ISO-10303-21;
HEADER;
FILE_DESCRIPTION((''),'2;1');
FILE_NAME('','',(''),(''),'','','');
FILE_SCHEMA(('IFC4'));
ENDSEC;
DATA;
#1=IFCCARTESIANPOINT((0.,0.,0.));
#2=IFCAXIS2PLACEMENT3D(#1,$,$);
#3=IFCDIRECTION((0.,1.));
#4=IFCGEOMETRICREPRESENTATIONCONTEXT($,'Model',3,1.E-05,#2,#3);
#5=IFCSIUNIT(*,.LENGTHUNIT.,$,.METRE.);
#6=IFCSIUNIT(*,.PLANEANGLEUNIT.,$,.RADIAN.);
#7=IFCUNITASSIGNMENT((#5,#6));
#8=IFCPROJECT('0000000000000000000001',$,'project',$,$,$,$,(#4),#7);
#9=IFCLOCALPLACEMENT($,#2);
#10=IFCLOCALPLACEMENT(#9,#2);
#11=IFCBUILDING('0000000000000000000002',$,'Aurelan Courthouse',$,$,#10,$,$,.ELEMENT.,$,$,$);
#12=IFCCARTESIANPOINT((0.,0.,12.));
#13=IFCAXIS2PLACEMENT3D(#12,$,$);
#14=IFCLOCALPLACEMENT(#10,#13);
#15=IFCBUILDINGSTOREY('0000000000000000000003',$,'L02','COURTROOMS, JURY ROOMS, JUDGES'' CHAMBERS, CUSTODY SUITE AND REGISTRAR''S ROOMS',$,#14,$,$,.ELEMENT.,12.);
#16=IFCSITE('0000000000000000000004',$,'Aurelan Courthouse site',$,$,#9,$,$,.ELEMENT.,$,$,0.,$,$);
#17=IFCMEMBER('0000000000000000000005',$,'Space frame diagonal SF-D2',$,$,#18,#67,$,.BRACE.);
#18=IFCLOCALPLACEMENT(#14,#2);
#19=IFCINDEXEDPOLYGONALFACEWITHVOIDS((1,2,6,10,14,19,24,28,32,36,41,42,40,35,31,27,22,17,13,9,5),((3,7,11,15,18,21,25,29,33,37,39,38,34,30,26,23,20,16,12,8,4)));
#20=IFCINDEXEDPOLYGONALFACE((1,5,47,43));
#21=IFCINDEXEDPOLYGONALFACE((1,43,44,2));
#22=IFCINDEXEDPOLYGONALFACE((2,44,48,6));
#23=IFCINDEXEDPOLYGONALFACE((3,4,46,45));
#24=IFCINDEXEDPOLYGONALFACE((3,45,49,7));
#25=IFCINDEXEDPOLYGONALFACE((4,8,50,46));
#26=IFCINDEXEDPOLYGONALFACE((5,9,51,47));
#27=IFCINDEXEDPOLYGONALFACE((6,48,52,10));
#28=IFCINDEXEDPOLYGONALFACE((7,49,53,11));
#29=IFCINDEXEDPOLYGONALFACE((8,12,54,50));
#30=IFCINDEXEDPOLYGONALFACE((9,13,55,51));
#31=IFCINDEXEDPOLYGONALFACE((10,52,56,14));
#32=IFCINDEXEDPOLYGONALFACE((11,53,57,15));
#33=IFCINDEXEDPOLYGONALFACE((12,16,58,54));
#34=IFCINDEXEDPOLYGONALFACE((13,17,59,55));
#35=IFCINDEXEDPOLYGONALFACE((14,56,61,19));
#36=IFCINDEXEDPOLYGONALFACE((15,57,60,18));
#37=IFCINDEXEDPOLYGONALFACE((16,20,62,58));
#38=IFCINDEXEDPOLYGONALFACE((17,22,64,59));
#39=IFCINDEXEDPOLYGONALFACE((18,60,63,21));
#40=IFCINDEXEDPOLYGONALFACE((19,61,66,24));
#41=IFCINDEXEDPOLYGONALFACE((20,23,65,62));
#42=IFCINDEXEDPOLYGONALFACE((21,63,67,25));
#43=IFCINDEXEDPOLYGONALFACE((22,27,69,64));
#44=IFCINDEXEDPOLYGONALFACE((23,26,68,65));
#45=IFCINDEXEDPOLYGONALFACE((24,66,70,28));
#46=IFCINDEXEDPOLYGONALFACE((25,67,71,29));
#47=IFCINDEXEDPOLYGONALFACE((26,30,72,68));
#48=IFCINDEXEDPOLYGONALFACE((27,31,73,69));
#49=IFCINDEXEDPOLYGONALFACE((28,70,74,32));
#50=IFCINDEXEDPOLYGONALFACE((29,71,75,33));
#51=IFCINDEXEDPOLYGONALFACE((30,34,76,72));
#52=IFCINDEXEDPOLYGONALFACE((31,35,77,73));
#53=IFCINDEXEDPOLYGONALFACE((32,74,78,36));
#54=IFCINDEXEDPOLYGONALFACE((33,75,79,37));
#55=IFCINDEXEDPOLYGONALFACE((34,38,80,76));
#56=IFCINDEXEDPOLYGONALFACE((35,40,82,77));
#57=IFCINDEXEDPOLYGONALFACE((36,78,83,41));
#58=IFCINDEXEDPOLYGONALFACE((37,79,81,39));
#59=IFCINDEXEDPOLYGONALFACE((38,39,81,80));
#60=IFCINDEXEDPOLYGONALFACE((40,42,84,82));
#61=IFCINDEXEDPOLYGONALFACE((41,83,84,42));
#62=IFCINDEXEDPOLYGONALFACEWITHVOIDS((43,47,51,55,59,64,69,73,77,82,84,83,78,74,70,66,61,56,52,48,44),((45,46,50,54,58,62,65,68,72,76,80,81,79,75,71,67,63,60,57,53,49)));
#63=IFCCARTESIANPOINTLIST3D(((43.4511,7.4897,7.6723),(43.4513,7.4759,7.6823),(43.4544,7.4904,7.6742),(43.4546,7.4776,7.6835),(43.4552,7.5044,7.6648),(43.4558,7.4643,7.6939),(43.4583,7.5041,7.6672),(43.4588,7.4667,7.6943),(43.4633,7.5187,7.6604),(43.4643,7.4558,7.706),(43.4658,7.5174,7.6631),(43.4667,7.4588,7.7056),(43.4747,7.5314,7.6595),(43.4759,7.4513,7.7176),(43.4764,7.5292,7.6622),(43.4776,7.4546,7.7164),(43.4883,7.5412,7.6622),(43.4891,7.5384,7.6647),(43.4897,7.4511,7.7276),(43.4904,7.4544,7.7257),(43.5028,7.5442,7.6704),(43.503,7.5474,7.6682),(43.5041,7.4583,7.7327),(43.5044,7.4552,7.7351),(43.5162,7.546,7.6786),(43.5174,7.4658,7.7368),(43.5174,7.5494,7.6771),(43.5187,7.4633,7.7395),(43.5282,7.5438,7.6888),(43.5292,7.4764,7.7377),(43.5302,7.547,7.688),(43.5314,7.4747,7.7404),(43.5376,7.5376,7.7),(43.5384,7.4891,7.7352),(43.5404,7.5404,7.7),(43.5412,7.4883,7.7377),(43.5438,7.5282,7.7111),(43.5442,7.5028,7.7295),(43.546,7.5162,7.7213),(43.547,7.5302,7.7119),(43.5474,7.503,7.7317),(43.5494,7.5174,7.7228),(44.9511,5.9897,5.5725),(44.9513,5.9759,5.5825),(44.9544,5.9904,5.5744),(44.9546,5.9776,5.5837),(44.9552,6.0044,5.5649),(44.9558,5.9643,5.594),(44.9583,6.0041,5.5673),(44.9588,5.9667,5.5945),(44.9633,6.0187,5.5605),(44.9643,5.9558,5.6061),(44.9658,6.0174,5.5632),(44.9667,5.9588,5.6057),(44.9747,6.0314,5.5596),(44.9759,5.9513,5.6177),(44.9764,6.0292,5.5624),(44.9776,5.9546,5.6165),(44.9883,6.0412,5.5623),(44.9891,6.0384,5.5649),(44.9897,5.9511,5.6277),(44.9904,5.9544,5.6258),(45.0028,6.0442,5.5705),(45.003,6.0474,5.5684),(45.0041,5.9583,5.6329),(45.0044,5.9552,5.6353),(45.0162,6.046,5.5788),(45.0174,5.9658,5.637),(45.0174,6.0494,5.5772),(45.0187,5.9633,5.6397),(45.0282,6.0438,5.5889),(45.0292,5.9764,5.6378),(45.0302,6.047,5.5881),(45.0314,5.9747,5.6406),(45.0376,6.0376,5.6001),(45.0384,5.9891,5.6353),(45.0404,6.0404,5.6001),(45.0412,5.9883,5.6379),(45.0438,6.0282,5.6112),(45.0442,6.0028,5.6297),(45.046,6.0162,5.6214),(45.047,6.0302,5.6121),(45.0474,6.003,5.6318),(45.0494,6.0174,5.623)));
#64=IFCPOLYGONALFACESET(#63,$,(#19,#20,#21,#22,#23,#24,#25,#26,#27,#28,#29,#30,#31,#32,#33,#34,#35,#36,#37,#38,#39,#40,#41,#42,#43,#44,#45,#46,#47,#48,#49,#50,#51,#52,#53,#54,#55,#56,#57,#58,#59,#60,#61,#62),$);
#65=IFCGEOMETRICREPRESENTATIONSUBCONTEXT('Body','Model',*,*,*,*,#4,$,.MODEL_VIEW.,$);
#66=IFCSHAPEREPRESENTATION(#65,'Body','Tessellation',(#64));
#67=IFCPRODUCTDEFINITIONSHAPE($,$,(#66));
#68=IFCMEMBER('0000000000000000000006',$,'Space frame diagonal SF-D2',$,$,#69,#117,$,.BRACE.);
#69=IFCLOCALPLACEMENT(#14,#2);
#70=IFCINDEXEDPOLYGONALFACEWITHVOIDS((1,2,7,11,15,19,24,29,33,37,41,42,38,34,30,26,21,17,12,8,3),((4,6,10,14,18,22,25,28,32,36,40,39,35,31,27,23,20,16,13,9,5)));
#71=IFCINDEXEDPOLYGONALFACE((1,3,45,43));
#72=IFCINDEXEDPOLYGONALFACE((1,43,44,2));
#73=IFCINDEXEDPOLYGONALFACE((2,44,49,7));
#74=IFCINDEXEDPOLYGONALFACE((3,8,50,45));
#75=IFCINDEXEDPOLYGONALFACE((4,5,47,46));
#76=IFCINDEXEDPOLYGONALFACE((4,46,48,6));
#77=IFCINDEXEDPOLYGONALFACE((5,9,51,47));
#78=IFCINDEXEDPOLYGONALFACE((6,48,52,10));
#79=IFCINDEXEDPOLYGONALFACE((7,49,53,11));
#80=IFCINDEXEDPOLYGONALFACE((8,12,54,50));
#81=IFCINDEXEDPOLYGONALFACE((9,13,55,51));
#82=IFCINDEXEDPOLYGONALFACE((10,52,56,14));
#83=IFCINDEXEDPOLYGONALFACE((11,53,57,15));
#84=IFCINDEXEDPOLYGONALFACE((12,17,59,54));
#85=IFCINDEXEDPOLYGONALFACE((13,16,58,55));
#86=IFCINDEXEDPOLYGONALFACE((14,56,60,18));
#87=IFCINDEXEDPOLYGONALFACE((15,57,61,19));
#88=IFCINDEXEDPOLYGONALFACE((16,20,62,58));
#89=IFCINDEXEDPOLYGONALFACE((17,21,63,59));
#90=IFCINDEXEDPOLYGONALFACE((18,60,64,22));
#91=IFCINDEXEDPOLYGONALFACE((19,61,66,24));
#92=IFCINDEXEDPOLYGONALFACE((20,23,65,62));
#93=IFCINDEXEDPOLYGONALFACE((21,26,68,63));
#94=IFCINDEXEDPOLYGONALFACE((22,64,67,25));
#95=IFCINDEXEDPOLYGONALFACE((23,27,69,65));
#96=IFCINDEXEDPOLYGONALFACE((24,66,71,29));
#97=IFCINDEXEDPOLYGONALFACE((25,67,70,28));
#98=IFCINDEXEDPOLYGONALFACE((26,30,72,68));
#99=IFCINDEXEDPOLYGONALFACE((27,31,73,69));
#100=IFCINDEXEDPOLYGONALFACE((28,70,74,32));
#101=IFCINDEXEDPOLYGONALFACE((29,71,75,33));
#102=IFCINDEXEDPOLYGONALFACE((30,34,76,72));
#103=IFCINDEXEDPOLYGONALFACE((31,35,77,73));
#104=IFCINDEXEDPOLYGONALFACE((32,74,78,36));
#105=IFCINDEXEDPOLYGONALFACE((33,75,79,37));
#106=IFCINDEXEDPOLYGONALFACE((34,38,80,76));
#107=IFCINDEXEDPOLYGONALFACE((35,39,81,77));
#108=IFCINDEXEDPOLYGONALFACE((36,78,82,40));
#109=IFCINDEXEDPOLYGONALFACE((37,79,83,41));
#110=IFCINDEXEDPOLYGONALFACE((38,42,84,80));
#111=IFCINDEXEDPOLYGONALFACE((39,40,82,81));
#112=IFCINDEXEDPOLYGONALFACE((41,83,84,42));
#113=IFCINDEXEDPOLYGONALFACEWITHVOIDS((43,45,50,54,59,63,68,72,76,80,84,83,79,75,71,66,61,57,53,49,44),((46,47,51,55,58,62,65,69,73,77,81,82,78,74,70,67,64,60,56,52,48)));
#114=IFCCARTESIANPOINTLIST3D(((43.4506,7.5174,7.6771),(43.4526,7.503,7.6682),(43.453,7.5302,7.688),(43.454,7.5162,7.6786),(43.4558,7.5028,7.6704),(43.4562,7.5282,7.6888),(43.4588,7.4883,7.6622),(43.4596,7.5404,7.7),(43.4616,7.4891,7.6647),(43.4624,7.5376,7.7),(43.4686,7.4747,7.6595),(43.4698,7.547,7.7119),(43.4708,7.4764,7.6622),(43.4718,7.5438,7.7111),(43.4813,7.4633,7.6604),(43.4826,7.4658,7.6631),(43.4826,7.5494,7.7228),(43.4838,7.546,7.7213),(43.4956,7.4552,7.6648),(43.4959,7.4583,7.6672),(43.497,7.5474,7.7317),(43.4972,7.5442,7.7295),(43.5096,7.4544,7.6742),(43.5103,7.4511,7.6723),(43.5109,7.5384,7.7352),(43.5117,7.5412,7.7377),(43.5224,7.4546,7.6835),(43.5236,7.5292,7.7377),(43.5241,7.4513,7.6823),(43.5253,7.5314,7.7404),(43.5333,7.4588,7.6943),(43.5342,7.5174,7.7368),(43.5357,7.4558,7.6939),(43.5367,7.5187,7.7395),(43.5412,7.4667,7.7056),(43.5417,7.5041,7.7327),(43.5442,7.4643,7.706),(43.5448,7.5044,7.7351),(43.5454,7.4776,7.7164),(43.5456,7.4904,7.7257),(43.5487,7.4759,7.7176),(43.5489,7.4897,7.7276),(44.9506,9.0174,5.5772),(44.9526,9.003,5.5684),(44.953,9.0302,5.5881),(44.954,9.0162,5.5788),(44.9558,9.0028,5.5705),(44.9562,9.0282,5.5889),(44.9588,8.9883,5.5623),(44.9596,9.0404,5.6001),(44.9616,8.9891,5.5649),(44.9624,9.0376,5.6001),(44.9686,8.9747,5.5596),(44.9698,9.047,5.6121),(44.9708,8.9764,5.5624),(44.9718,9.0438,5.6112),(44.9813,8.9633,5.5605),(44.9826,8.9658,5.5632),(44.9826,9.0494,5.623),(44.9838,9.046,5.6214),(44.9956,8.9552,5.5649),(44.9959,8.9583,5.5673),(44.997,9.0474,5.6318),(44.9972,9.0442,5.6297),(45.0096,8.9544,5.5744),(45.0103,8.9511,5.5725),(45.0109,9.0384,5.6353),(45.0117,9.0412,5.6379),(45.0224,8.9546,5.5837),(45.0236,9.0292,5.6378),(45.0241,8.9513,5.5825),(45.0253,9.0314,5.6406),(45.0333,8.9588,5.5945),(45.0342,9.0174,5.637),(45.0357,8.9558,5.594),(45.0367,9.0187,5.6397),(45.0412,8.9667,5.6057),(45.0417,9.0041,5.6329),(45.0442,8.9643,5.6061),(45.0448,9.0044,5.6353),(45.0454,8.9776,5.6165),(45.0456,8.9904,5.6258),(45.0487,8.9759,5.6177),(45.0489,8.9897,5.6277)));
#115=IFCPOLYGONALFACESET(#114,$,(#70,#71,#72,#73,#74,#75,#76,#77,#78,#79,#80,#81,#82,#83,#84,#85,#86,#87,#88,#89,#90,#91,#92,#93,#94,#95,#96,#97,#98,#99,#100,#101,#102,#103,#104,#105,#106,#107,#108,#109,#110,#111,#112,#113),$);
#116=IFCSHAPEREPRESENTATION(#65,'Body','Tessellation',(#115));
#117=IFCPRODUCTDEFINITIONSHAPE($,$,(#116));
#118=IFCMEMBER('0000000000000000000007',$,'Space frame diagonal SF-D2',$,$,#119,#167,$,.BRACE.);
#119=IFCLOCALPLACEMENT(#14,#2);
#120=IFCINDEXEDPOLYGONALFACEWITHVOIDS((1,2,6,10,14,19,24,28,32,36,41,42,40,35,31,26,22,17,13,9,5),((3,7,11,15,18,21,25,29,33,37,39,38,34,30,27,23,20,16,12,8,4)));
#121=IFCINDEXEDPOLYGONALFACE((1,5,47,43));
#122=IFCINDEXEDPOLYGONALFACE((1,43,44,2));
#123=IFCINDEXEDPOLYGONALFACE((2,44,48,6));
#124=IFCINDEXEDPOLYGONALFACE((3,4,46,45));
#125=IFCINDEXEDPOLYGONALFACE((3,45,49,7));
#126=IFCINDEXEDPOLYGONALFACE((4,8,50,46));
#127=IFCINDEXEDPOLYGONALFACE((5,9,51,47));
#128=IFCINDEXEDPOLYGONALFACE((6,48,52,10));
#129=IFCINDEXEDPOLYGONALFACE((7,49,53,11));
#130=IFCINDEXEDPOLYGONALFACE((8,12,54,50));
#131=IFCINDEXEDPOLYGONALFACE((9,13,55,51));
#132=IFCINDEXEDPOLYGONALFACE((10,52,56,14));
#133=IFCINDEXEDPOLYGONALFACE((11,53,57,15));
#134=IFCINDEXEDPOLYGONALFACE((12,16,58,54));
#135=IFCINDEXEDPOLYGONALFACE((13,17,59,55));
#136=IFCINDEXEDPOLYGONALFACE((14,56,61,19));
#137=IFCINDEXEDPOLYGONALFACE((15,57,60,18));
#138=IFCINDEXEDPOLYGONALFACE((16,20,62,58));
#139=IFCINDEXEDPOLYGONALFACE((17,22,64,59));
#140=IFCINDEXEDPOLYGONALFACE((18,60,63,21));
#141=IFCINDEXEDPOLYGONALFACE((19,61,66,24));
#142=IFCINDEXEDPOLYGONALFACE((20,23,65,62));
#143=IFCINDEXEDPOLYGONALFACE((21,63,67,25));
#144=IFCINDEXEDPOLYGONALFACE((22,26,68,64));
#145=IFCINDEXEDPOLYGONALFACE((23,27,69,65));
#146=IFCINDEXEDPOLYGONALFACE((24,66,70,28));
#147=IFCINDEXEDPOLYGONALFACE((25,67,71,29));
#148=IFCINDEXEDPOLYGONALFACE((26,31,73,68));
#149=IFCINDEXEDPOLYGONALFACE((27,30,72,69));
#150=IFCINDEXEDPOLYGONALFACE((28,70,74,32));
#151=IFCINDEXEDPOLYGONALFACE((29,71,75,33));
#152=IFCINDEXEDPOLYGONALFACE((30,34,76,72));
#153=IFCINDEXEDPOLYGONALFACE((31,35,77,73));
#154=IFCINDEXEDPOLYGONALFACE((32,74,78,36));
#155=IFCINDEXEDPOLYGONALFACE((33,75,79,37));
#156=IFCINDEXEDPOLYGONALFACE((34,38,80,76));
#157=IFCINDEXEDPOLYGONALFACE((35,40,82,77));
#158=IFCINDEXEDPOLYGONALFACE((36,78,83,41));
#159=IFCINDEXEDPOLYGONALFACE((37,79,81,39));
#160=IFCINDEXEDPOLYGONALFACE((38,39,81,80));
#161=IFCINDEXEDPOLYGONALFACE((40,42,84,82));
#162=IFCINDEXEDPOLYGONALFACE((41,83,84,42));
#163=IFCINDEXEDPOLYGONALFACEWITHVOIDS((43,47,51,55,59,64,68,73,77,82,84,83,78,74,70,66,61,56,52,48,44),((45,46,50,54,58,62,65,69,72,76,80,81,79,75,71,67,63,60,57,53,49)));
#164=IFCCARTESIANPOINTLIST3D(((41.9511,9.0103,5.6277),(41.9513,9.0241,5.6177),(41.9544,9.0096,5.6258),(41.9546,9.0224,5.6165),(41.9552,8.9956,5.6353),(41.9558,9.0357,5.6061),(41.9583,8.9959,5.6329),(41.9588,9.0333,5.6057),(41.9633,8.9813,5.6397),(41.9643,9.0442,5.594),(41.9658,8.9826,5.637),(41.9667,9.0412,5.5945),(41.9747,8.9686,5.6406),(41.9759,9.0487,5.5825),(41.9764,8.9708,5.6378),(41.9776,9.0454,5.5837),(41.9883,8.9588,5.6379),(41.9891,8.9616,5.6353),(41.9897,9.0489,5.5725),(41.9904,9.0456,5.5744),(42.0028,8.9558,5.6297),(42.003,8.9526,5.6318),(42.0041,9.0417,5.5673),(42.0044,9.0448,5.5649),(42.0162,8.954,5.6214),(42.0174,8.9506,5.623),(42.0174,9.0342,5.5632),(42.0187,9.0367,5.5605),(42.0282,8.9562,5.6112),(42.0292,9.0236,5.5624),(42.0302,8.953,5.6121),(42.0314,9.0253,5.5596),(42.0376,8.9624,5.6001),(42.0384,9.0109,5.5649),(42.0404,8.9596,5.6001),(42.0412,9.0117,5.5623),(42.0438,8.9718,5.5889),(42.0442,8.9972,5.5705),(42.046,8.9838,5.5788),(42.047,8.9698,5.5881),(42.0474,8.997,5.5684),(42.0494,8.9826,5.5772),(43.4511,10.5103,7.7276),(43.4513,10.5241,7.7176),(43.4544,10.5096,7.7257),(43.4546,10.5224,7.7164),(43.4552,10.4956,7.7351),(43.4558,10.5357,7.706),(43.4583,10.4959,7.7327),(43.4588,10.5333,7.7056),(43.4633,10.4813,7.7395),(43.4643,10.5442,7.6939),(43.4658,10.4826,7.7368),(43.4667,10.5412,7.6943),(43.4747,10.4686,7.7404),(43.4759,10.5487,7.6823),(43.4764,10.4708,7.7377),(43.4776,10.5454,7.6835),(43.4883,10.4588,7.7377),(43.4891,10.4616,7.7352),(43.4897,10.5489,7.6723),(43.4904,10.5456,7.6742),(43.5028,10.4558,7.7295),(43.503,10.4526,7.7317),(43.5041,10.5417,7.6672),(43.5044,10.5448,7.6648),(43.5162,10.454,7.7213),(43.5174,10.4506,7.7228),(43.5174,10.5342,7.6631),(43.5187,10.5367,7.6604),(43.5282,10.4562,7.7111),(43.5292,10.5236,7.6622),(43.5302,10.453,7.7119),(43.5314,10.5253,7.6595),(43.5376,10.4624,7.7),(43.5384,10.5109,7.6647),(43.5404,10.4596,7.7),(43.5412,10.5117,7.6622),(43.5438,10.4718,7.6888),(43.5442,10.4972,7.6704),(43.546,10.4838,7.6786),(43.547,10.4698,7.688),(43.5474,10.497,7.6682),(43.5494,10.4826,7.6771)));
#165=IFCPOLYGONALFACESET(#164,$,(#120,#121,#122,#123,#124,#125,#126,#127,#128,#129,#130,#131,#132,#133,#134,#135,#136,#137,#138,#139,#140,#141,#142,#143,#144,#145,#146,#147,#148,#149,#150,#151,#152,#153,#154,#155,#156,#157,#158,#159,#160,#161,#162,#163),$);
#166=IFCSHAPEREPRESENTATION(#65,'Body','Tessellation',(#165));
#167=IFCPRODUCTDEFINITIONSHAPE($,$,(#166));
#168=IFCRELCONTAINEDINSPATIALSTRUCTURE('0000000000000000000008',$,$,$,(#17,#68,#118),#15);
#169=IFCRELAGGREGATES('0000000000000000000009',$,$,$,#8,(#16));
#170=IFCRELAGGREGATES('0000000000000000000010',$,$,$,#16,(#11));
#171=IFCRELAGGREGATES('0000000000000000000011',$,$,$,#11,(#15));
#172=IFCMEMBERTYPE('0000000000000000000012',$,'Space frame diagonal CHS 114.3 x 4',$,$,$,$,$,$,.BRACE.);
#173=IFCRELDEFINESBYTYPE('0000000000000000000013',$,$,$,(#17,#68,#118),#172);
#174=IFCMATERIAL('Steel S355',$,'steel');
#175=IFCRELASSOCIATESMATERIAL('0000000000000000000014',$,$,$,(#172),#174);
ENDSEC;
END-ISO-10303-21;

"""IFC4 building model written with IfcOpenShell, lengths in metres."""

from ifc_helpers import new_model, si_unit, direction, frame, origin, origin_2d, place, context, subcontext, project, spatial, hollow_circle, extrude, material, material_profile, profile_set, type_object, element, save


model = new_model("IFC4")

# Units and contexts
model_context = context("Model", 3, precision=1e-05, world=origin(), true_north=direction((0.0, 1.0)))
body_context = subcontext(model_context, "Body", "Model", "MODEL_VIEW")
ifc_project = project(units=[si_unit("LENGTHUNIT", "METRE"), si_unit("PLANEANGLEUNIT", "RADIAN")], contexts=[model_context])

# Site, building, storey
site_placement = place(None, origin())
site = spatial("IfcSite", under=ifc_project, at=site_placement, Name="Aurelan Courthouse site", CompositionType="ELEMENT", RefElevation=0.0)
building_placement = place(site_placement, origin())
building = spatial("IfcBuilding", under=site, at=building_placement, Name="Aurelan Courthouse", CompositionType="ELEMENT")
storey_placement = place(building_placement, frame((0.0, 0.0, 12.0)))
storey = spatial("IfcBuildingStorey", under=building, at=storey_placement, Name="L02", Description="COURTROOMS, JURY ROOMS, JUDGES' CHAMBERS, CUSTODY SUITE AND REGISTRAR'S ROOMS", CompositionType="ELEMENT", Elevation=12.0)

# Members
ifc_material_1 = material(Name="Steel S355", Category="steel")
ifc_material_profile_1 = material_profile(ifc_material_1, hollow_circle(Radius=0.0571, WallThickness=0.0039, at=origin_2d()), Name="CHS 114.3 x 4")
ifc_profile_set_1 = profile_set([ifc_material_profile_1], Name="Steel S355")
member_type_1 = type_object("IfcMemberType", Name="Space frame diagonal CHS 114.3 x 4", PredefinedType="BRACE", material=ifc_profile_set_1)
for number, where, z_axis, x_axis, name in (
    (1, (43.5, 7.5, 7.7), (0.502536, -0.502536, -0.703502), (0.707107, 0.707107, 0.0), "Space frame diagonal SF-D2"),
    (2, (43.5, 7.5, 7.7), (0.502536, 0.502536, -0.703502), (-0.707107, 0.707107, 0.0), "Space frame diagonal SF-D2"),
    (3, (43.5, 10.5, 7.7), (-0.502536, -0.502536, -0.703502), (0.707107, -0.707107, 0.0), "Space frame diagonal SF-D2"),
):
    element("IfcMember", number, at=place(storey_placement, frame(where, z_axis=z_axis, x_axis=x_axis)), inside=storey, type_object=member_type_1, Name=name, PredefinedType="BRACE", context=body_context, shape_type="SweptSolid", body=[
        extrude(hollow_circle(Radius=0.0571, WallThickness=0.0039, at=origin_2d()), origin(), (0.0, 0.0, 1.0), 2.9849),
    ])

save(model, "model.ifc")
